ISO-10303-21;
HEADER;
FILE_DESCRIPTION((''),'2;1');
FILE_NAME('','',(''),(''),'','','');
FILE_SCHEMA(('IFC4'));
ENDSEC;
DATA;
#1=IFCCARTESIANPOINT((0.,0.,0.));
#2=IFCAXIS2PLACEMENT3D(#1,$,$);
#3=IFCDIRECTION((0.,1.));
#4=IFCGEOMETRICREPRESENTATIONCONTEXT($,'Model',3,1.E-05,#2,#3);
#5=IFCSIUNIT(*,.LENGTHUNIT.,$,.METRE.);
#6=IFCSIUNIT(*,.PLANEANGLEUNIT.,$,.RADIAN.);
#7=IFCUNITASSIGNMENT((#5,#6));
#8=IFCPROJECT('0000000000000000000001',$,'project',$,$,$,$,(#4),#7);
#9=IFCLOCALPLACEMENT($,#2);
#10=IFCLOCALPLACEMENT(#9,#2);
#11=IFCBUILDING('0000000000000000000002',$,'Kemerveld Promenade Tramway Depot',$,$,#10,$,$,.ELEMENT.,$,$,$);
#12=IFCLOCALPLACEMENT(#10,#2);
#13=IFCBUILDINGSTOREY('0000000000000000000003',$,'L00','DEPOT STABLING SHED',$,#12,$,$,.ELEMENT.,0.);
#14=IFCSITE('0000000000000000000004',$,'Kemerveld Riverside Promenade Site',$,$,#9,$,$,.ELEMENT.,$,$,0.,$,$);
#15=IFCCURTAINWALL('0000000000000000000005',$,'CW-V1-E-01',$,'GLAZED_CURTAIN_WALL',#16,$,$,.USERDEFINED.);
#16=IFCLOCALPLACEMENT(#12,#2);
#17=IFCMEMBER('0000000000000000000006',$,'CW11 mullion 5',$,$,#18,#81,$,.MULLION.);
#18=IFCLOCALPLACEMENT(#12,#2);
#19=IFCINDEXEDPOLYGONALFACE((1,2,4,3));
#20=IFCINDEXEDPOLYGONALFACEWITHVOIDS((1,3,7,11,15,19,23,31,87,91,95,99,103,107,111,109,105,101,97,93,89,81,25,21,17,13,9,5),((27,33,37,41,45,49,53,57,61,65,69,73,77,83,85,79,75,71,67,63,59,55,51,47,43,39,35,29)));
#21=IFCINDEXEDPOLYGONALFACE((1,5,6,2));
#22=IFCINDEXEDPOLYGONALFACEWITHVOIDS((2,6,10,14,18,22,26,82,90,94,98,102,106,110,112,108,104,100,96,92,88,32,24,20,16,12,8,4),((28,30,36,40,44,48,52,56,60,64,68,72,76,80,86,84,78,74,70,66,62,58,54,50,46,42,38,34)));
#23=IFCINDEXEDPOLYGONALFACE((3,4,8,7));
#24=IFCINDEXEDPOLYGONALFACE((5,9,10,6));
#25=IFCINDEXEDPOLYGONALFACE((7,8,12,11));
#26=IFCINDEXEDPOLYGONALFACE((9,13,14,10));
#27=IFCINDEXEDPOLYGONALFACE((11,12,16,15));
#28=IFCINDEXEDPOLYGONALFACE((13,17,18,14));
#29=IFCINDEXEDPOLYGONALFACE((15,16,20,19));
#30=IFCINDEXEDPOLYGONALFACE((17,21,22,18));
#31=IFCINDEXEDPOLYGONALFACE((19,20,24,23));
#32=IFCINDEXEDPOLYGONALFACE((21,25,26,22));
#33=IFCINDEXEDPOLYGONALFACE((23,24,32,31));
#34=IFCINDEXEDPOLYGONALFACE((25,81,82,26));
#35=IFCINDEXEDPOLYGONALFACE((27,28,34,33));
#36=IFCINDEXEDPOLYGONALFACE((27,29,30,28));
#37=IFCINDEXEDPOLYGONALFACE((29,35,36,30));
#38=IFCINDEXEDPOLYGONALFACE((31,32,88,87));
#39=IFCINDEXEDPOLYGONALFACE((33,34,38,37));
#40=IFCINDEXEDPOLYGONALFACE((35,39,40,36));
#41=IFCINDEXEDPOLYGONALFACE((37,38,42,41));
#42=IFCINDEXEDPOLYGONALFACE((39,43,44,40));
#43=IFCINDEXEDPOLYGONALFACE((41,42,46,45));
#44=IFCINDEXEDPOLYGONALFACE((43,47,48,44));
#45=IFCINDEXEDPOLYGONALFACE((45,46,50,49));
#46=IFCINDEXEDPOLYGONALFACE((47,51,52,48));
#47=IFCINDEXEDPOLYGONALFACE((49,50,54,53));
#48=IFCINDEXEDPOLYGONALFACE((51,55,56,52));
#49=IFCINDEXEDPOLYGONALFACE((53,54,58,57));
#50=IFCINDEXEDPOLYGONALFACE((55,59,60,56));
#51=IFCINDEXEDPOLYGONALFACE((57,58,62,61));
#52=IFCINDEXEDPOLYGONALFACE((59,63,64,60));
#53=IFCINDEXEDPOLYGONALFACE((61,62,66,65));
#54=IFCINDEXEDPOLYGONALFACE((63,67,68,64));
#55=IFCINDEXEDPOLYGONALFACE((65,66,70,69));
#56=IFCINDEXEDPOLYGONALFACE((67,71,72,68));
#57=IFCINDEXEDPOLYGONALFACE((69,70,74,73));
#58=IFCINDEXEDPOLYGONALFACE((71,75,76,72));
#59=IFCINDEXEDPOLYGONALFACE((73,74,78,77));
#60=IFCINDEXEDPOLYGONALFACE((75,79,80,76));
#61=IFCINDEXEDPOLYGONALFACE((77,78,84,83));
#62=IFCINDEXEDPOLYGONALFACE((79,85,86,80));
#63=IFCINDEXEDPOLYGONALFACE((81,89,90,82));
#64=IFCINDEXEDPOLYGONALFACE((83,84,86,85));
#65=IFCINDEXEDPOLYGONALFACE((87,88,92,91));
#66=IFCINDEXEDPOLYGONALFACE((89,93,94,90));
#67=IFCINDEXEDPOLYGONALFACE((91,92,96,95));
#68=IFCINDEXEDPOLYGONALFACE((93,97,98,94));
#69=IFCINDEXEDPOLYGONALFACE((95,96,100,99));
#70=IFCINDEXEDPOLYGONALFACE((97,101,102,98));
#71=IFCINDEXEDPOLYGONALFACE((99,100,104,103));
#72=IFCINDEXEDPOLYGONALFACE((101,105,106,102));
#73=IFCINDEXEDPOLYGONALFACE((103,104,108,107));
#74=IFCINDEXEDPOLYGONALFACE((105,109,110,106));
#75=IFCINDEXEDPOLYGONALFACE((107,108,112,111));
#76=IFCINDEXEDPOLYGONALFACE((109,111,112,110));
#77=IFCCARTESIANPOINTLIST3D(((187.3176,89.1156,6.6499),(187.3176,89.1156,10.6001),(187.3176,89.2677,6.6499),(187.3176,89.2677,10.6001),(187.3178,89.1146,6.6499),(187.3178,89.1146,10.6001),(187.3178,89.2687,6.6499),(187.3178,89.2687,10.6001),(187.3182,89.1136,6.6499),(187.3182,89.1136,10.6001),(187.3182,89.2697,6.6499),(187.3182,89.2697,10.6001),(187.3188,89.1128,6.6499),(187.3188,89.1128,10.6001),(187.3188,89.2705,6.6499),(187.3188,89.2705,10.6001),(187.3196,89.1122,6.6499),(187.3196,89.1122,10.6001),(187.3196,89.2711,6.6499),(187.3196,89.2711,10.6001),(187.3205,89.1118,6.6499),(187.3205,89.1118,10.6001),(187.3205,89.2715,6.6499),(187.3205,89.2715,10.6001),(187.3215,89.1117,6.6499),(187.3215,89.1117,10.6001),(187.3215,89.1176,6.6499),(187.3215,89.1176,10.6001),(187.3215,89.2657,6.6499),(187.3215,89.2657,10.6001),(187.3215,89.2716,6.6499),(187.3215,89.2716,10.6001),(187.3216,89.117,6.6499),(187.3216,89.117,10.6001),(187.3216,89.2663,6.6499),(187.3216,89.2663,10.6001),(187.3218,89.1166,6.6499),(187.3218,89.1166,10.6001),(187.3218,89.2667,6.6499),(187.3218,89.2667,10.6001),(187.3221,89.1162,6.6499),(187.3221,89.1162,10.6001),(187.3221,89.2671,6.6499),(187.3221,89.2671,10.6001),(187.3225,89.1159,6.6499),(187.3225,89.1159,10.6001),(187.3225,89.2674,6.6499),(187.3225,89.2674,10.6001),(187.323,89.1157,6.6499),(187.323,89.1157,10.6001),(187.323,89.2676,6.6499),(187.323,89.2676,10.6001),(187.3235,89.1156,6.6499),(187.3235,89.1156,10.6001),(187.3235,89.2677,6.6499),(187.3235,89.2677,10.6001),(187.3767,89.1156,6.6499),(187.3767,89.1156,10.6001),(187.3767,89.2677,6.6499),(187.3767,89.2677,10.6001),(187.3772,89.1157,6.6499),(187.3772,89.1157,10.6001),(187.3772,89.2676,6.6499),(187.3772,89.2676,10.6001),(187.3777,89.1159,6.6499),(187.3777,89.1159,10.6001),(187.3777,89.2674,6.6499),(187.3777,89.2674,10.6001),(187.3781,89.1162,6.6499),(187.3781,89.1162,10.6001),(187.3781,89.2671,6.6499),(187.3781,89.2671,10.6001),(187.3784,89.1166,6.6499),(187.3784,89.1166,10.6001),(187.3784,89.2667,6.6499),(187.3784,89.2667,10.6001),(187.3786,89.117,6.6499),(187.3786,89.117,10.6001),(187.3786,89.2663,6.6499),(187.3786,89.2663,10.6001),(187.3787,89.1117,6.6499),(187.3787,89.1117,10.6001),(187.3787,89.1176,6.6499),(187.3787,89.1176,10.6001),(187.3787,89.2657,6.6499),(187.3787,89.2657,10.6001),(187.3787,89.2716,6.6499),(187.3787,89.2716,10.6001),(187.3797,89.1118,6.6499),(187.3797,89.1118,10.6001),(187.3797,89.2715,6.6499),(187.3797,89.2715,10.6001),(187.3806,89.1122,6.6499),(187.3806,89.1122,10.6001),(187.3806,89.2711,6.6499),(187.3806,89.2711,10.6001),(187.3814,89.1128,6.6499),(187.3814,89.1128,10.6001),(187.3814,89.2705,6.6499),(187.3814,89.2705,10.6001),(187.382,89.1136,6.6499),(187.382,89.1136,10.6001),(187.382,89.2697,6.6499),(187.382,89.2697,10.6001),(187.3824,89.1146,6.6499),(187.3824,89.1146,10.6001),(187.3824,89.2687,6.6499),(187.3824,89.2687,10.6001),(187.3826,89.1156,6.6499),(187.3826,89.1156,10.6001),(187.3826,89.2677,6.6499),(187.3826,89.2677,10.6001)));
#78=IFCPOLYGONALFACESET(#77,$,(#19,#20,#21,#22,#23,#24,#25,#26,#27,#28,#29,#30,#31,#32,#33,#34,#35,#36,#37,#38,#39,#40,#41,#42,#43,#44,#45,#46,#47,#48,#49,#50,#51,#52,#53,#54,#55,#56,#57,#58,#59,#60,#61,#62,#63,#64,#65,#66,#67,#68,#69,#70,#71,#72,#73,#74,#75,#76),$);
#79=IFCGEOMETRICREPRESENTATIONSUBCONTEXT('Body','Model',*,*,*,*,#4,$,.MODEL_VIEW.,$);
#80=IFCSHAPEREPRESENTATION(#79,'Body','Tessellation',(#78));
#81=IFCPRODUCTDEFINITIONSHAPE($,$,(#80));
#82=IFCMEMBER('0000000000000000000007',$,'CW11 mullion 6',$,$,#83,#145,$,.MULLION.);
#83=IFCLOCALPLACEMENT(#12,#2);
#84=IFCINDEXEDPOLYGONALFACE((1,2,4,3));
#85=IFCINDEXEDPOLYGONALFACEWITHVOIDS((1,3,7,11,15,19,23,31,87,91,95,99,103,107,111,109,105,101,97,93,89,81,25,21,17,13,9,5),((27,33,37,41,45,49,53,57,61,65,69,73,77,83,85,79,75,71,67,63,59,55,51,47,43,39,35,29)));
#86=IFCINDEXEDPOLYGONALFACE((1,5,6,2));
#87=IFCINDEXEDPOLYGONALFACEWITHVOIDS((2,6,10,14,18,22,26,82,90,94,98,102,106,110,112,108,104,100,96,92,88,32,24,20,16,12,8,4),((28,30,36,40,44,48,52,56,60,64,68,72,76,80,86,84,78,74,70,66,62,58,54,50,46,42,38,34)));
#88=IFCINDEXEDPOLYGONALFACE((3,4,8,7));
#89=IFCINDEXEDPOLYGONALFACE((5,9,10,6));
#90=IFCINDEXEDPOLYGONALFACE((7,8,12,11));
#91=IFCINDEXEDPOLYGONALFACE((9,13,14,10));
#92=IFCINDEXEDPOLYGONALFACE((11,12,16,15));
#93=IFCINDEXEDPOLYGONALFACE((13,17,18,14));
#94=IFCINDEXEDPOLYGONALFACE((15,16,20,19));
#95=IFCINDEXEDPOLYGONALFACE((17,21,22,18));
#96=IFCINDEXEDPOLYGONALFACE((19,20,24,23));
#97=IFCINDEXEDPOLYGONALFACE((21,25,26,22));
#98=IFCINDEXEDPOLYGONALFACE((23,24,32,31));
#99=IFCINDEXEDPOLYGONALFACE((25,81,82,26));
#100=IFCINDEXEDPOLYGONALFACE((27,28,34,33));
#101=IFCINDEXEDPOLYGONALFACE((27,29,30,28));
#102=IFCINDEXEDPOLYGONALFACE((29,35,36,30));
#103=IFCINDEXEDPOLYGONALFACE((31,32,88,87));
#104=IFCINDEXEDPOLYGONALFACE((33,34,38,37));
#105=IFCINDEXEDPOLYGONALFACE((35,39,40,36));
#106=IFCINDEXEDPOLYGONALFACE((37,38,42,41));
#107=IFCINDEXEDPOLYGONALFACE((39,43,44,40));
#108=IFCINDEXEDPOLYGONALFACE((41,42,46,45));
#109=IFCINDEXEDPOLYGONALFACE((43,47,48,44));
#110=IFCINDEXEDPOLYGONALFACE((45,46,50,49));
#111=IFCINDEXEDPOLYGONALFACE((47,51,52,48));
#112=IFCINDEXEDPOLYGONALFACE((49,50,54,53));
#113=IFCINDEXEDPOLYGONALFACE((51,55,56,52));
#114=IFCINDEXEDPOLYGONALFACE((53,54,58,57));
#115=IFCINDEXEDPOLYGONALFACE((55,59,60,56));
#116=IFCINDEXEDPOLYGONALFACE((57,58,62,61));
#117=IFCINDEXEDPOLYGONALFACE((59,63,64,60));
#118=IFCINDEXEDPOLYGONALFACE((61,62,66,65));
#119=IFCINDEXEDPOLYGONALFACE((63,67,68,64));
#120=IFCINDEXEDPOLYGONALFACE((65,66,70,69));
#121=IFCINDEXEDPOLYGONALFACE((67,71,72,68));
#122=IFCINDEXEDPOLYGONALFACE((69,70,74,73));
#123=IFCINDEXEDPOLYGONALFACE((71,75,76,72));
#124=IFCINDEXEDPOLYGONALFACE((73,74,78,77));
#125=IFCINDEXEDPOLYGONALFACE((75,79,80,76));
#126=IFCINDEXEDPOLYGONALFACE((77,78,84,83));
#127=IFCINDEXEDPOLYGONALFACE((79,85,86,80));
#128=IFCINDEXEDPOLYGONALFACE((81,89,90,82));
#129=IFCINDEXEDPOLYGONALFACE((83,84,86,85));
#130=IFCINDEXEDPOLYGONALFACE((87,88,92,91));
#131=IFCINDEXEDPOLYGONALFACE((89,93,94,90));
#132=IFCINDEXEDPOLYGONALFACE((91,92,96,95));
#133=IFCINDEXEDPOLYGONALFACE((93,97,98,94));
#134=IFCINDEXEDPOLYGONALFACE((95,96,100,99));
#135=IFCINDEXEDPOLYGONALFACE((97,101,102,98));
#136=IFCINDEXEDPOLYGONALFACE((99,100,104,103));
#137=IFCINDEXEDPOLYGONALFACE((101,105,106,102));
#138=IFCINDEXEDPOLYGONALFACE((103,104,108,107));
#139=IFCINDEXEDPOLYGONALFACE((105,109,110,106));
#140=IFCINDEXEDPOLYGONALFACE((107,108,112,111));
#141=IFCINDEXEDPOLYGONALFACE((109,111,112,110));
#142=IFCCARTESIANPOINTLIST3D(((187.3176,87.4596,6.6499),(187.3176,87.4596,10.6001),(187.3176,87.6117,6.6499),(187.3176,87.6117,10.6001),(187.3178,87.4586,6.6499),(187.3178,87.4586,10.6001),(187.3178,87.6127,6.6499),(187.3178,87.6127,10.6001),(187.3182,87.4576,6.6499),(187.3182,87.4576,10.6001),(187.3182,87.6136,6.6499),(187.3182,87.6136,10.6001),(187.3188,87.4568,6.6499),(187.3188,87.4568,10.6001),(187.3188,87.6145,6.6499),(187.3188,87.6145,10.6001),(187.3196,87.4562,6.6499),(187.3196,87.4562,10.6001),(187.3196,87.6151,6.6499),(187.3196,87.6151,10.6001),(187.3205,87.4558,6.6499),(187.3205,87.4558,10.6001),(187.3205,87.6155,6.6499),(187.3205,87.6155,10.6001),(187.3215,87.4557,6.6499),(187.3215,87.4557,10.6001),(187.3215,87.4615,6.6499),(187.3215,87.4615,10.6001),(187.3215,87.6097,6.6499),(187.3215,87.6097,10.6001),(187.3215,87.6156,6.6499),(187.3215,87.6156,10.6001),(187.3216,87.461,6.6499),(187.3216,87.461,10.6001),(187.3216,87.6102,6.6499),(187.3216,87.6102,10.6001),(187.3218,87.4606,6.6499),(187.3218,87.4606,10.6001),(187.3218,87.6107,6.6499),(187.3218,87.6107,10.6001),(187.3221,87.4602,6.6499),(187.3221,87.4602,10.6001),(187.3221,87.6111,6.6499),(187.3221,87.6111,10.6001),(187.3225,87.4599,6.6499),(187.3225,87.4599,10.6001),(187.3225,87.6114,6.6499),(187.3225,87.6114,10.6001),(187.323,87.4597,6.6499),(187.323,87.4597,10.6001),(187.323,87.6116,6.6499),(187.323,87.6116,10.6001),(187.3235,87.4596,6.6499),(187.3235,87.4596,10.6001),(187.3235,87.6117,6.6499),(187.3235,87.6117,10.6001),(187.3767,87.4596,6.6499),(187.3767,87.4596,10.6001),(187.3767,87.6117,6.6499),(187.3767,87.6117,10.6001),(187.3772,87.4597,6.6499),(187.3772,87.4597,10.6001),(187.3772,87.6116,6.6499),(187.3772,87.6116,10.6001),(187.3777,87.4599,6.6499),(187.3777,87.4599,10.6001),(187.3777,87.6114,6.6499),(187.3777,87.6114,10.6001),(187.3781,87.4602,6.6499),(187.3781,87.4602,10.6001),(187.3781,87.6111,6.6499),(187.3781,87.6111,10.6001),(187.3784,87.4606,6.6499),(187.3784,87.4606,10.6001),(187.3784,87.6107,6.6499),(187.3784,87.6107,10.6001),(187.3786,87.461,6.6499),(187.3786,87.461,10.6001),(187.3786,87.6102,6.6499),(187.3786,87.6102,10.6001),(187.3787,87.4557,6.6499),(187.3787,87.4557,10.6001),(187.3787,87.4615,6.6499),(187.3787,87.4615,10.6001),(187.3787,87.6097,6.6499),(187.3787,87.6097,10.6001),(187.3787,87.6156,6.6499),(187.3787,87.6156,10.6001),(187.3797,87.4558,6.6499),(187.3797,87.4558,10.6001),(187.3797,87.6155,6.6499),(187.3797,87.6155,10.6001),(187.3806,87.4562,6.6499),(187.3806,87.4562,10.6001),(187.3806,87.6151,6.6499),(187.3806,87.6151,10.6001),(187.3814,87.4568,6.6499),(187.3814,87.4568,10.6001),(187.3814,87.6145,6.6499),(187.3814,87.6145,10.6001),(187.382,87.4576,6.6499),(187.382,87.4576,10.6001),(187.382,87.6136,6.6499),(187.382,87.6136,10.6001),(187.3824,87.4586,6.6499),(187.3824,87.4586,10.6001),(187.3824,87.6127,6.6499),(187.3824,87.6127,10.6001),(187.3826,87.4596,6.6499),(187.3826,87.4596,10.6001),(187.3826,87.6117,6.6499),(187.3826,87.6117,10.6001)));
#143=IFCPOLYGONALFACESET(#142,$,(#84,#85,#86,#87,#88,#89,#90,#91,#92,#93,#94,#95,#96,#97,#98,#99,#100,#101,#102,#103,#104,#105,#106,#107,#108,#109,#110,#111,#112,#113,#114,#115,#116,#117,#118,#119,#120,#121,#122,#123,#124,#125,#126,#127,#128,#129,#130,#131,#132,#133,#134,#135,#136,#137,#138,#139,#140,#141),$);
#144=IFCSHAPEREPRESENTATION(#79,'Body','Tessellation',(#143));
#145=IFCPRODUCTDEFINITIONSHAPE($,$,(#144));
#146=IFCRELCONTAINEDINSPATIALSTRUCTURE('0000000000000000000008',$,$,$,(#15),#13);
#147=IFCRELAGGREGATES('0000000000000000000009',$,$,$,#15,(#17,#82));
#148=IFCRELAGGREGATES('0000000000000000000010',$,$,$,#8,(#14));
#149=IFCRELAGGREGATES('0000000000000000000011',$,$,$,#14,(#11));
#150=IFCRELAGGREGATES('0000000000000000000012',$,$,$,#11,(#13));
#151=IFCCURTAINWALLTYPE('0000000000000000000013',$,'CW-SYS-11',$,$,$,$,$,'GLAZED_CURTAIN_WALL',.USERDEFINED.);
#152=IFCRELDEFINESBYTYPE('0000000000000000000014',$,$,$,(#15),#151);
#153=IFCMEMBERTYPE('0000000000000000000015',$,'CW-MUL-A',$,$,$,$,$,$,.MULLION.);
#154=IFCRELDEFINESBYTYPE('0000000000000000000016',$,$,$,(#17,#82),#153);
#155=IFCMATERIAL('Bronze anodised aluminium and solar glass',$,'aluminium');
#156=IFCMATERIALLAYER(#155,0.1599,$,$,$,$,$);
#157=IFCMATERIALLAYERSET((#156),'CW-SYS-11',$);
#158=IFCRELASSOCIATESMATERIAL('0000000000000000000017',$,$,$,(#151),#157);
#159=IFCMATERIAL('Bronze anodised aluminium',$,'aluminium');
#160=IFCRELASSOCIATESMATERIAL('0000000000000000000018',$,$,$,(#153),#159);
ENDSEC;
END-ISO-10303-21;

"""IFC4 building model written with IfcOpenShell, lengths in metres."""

from ifc_helpers import new_model, si_unit, direction, frame, origin, origin_2d, place, context, subcontext, project, spatial, hollow_rectangle, extrude, material, layer, layer_set, material_profile, profile_set, type_object, element, aggregate, save


model = new_model("IFC4")

# Units and contexts
model_context = context("Model", 3, precision=1e-05, world=origin(), true_north=direction((0.0, 1.0)))
body_context = subcontext(model_context, "Body", "Model", "MODEL_VIEW")
ifc_project = project(units=[si_unit("LENGTHUNIT", "METRE"), si_unit("PLANEANGLEUNIT", "RADIAN")], contexts=[model_context])

# Site, building, storey
site_placement = place(None, origin())
site = spatial("IfcSite", under=ifc_project, at=site_placement, Name="Kemerveld Riverside Promenade Site", CompositionType="ELEMENT", RefElevation=0.0)
building_placement = place(site_placement, origin())
building = spatial("IfcBuilding", under=site, at=building_placement, Name="Kemerveld Promenade Tramway Depot", CompositionType="ELEMENT")
storey_placement = place(building_placement, origin())
storey = spatial("IfcBuildingStorey", under=building, at=storey_placement, Name="L00", Description="DEPOT STABLING SHED", CompositionType="ELEMENT", Elevation=0.0)

# Curtain wall, members
ifc_material_1 = material(Name="Bronze anodised aluminium and solar glass", Category="aluminium")
ifc_layer_1 = layer(ifc_material_1, 0.1599)
ifc_layer_set_1 = layer_set([ifc_layer_1], Name="CW-SYS-11")
curtain_wall_type = type_object("IfcCurtainWallType", Name="CW-SYS-11", ElementType="GLAZED_CURTAIN_WALL", PredefinedType="USERDEFINED", material=ifc_layer_set_1)
curtain_wall_placement = place(storey_placement, origin())
curtain_wall = element("IfcCurtainWall", 1, at=curtain_wall_placement, inside=storey, type_object=curtain_wall_type, Name="CW-V1-E-01", ObjectType="GLAZED_CURTAIN_WALL", PredefinedType="USERDEFINED")
ifc_material_2 = material(Name="Bronze anodised aluminium", Category="aluminium")
ifc_material_profile_1 = material_profile(ifc_material_2, hollow_rectangle(XDim=0.0649, YDim=0.1599, WallThickness=0.0039, InnerFilletRadius=0.002, OuterFilletRadius=0.0039, at=origin_2d()), Name="CW-MUL-160x65")
ifc_profile_set_1 = profile_set([ifc_material_profile_1], Name="Bronze anodised aluminium")
member_type_1 = type_object("IfcMemberType", Name="CW-MUL-A", PredefinedType="MULLION", material=ifc_profile_set_1)
member_1_placement = place(storey_placement, frame((187.3501, 89.1917, 6.6499), z_axis=(0.0, 0.0, 1.0), x_axis=(1.0, 0.0, 0.0)))
member_1 = element("IfcMember", 2, at=member_1_placement, type_object=member_type_1, Name="CW11 mullion 5", PredefinedType="MULLION", context=body_context, shape_type="SweptSolid", body=[
    extrude(hollow_rectangle(XDim=0.0649, YDim=0.1599, WallThickness=0.0039, InnerFilletRadius=0.002, OuterFilletRadius=0.0039, at=origin_2d()), origin(), (0.0, 0.0, 1.0), 3.9502),
])
member_2_placement = place(storey_placement, frame((187.3501, 87.5356, 6.6499), z_axis=(0.0, 0.0, 1.0), x_axis=(1.0, 0.0, 0.0)))
member_2 = element("IfcMember", 3, at=member_2_placement, type_object=member_type_1, Name="CW11 mullion 6", PredefinedType="MULLION", context=body_context, shape_type="SweptSolid", body=[
    extrude(hollow_rectangle(XDim=0.0649, YDim=0.1599, WallThickness=0.0039, InnerFilletRadius=0.002, OuterFilletRadius=0.0039, at=origin_2d()), origin(), (0.0, 0.0, 1.0), 3.9502),
])
aggregate(curtain_wall, [member_1, member_2])

save(model, "model.ifc")
